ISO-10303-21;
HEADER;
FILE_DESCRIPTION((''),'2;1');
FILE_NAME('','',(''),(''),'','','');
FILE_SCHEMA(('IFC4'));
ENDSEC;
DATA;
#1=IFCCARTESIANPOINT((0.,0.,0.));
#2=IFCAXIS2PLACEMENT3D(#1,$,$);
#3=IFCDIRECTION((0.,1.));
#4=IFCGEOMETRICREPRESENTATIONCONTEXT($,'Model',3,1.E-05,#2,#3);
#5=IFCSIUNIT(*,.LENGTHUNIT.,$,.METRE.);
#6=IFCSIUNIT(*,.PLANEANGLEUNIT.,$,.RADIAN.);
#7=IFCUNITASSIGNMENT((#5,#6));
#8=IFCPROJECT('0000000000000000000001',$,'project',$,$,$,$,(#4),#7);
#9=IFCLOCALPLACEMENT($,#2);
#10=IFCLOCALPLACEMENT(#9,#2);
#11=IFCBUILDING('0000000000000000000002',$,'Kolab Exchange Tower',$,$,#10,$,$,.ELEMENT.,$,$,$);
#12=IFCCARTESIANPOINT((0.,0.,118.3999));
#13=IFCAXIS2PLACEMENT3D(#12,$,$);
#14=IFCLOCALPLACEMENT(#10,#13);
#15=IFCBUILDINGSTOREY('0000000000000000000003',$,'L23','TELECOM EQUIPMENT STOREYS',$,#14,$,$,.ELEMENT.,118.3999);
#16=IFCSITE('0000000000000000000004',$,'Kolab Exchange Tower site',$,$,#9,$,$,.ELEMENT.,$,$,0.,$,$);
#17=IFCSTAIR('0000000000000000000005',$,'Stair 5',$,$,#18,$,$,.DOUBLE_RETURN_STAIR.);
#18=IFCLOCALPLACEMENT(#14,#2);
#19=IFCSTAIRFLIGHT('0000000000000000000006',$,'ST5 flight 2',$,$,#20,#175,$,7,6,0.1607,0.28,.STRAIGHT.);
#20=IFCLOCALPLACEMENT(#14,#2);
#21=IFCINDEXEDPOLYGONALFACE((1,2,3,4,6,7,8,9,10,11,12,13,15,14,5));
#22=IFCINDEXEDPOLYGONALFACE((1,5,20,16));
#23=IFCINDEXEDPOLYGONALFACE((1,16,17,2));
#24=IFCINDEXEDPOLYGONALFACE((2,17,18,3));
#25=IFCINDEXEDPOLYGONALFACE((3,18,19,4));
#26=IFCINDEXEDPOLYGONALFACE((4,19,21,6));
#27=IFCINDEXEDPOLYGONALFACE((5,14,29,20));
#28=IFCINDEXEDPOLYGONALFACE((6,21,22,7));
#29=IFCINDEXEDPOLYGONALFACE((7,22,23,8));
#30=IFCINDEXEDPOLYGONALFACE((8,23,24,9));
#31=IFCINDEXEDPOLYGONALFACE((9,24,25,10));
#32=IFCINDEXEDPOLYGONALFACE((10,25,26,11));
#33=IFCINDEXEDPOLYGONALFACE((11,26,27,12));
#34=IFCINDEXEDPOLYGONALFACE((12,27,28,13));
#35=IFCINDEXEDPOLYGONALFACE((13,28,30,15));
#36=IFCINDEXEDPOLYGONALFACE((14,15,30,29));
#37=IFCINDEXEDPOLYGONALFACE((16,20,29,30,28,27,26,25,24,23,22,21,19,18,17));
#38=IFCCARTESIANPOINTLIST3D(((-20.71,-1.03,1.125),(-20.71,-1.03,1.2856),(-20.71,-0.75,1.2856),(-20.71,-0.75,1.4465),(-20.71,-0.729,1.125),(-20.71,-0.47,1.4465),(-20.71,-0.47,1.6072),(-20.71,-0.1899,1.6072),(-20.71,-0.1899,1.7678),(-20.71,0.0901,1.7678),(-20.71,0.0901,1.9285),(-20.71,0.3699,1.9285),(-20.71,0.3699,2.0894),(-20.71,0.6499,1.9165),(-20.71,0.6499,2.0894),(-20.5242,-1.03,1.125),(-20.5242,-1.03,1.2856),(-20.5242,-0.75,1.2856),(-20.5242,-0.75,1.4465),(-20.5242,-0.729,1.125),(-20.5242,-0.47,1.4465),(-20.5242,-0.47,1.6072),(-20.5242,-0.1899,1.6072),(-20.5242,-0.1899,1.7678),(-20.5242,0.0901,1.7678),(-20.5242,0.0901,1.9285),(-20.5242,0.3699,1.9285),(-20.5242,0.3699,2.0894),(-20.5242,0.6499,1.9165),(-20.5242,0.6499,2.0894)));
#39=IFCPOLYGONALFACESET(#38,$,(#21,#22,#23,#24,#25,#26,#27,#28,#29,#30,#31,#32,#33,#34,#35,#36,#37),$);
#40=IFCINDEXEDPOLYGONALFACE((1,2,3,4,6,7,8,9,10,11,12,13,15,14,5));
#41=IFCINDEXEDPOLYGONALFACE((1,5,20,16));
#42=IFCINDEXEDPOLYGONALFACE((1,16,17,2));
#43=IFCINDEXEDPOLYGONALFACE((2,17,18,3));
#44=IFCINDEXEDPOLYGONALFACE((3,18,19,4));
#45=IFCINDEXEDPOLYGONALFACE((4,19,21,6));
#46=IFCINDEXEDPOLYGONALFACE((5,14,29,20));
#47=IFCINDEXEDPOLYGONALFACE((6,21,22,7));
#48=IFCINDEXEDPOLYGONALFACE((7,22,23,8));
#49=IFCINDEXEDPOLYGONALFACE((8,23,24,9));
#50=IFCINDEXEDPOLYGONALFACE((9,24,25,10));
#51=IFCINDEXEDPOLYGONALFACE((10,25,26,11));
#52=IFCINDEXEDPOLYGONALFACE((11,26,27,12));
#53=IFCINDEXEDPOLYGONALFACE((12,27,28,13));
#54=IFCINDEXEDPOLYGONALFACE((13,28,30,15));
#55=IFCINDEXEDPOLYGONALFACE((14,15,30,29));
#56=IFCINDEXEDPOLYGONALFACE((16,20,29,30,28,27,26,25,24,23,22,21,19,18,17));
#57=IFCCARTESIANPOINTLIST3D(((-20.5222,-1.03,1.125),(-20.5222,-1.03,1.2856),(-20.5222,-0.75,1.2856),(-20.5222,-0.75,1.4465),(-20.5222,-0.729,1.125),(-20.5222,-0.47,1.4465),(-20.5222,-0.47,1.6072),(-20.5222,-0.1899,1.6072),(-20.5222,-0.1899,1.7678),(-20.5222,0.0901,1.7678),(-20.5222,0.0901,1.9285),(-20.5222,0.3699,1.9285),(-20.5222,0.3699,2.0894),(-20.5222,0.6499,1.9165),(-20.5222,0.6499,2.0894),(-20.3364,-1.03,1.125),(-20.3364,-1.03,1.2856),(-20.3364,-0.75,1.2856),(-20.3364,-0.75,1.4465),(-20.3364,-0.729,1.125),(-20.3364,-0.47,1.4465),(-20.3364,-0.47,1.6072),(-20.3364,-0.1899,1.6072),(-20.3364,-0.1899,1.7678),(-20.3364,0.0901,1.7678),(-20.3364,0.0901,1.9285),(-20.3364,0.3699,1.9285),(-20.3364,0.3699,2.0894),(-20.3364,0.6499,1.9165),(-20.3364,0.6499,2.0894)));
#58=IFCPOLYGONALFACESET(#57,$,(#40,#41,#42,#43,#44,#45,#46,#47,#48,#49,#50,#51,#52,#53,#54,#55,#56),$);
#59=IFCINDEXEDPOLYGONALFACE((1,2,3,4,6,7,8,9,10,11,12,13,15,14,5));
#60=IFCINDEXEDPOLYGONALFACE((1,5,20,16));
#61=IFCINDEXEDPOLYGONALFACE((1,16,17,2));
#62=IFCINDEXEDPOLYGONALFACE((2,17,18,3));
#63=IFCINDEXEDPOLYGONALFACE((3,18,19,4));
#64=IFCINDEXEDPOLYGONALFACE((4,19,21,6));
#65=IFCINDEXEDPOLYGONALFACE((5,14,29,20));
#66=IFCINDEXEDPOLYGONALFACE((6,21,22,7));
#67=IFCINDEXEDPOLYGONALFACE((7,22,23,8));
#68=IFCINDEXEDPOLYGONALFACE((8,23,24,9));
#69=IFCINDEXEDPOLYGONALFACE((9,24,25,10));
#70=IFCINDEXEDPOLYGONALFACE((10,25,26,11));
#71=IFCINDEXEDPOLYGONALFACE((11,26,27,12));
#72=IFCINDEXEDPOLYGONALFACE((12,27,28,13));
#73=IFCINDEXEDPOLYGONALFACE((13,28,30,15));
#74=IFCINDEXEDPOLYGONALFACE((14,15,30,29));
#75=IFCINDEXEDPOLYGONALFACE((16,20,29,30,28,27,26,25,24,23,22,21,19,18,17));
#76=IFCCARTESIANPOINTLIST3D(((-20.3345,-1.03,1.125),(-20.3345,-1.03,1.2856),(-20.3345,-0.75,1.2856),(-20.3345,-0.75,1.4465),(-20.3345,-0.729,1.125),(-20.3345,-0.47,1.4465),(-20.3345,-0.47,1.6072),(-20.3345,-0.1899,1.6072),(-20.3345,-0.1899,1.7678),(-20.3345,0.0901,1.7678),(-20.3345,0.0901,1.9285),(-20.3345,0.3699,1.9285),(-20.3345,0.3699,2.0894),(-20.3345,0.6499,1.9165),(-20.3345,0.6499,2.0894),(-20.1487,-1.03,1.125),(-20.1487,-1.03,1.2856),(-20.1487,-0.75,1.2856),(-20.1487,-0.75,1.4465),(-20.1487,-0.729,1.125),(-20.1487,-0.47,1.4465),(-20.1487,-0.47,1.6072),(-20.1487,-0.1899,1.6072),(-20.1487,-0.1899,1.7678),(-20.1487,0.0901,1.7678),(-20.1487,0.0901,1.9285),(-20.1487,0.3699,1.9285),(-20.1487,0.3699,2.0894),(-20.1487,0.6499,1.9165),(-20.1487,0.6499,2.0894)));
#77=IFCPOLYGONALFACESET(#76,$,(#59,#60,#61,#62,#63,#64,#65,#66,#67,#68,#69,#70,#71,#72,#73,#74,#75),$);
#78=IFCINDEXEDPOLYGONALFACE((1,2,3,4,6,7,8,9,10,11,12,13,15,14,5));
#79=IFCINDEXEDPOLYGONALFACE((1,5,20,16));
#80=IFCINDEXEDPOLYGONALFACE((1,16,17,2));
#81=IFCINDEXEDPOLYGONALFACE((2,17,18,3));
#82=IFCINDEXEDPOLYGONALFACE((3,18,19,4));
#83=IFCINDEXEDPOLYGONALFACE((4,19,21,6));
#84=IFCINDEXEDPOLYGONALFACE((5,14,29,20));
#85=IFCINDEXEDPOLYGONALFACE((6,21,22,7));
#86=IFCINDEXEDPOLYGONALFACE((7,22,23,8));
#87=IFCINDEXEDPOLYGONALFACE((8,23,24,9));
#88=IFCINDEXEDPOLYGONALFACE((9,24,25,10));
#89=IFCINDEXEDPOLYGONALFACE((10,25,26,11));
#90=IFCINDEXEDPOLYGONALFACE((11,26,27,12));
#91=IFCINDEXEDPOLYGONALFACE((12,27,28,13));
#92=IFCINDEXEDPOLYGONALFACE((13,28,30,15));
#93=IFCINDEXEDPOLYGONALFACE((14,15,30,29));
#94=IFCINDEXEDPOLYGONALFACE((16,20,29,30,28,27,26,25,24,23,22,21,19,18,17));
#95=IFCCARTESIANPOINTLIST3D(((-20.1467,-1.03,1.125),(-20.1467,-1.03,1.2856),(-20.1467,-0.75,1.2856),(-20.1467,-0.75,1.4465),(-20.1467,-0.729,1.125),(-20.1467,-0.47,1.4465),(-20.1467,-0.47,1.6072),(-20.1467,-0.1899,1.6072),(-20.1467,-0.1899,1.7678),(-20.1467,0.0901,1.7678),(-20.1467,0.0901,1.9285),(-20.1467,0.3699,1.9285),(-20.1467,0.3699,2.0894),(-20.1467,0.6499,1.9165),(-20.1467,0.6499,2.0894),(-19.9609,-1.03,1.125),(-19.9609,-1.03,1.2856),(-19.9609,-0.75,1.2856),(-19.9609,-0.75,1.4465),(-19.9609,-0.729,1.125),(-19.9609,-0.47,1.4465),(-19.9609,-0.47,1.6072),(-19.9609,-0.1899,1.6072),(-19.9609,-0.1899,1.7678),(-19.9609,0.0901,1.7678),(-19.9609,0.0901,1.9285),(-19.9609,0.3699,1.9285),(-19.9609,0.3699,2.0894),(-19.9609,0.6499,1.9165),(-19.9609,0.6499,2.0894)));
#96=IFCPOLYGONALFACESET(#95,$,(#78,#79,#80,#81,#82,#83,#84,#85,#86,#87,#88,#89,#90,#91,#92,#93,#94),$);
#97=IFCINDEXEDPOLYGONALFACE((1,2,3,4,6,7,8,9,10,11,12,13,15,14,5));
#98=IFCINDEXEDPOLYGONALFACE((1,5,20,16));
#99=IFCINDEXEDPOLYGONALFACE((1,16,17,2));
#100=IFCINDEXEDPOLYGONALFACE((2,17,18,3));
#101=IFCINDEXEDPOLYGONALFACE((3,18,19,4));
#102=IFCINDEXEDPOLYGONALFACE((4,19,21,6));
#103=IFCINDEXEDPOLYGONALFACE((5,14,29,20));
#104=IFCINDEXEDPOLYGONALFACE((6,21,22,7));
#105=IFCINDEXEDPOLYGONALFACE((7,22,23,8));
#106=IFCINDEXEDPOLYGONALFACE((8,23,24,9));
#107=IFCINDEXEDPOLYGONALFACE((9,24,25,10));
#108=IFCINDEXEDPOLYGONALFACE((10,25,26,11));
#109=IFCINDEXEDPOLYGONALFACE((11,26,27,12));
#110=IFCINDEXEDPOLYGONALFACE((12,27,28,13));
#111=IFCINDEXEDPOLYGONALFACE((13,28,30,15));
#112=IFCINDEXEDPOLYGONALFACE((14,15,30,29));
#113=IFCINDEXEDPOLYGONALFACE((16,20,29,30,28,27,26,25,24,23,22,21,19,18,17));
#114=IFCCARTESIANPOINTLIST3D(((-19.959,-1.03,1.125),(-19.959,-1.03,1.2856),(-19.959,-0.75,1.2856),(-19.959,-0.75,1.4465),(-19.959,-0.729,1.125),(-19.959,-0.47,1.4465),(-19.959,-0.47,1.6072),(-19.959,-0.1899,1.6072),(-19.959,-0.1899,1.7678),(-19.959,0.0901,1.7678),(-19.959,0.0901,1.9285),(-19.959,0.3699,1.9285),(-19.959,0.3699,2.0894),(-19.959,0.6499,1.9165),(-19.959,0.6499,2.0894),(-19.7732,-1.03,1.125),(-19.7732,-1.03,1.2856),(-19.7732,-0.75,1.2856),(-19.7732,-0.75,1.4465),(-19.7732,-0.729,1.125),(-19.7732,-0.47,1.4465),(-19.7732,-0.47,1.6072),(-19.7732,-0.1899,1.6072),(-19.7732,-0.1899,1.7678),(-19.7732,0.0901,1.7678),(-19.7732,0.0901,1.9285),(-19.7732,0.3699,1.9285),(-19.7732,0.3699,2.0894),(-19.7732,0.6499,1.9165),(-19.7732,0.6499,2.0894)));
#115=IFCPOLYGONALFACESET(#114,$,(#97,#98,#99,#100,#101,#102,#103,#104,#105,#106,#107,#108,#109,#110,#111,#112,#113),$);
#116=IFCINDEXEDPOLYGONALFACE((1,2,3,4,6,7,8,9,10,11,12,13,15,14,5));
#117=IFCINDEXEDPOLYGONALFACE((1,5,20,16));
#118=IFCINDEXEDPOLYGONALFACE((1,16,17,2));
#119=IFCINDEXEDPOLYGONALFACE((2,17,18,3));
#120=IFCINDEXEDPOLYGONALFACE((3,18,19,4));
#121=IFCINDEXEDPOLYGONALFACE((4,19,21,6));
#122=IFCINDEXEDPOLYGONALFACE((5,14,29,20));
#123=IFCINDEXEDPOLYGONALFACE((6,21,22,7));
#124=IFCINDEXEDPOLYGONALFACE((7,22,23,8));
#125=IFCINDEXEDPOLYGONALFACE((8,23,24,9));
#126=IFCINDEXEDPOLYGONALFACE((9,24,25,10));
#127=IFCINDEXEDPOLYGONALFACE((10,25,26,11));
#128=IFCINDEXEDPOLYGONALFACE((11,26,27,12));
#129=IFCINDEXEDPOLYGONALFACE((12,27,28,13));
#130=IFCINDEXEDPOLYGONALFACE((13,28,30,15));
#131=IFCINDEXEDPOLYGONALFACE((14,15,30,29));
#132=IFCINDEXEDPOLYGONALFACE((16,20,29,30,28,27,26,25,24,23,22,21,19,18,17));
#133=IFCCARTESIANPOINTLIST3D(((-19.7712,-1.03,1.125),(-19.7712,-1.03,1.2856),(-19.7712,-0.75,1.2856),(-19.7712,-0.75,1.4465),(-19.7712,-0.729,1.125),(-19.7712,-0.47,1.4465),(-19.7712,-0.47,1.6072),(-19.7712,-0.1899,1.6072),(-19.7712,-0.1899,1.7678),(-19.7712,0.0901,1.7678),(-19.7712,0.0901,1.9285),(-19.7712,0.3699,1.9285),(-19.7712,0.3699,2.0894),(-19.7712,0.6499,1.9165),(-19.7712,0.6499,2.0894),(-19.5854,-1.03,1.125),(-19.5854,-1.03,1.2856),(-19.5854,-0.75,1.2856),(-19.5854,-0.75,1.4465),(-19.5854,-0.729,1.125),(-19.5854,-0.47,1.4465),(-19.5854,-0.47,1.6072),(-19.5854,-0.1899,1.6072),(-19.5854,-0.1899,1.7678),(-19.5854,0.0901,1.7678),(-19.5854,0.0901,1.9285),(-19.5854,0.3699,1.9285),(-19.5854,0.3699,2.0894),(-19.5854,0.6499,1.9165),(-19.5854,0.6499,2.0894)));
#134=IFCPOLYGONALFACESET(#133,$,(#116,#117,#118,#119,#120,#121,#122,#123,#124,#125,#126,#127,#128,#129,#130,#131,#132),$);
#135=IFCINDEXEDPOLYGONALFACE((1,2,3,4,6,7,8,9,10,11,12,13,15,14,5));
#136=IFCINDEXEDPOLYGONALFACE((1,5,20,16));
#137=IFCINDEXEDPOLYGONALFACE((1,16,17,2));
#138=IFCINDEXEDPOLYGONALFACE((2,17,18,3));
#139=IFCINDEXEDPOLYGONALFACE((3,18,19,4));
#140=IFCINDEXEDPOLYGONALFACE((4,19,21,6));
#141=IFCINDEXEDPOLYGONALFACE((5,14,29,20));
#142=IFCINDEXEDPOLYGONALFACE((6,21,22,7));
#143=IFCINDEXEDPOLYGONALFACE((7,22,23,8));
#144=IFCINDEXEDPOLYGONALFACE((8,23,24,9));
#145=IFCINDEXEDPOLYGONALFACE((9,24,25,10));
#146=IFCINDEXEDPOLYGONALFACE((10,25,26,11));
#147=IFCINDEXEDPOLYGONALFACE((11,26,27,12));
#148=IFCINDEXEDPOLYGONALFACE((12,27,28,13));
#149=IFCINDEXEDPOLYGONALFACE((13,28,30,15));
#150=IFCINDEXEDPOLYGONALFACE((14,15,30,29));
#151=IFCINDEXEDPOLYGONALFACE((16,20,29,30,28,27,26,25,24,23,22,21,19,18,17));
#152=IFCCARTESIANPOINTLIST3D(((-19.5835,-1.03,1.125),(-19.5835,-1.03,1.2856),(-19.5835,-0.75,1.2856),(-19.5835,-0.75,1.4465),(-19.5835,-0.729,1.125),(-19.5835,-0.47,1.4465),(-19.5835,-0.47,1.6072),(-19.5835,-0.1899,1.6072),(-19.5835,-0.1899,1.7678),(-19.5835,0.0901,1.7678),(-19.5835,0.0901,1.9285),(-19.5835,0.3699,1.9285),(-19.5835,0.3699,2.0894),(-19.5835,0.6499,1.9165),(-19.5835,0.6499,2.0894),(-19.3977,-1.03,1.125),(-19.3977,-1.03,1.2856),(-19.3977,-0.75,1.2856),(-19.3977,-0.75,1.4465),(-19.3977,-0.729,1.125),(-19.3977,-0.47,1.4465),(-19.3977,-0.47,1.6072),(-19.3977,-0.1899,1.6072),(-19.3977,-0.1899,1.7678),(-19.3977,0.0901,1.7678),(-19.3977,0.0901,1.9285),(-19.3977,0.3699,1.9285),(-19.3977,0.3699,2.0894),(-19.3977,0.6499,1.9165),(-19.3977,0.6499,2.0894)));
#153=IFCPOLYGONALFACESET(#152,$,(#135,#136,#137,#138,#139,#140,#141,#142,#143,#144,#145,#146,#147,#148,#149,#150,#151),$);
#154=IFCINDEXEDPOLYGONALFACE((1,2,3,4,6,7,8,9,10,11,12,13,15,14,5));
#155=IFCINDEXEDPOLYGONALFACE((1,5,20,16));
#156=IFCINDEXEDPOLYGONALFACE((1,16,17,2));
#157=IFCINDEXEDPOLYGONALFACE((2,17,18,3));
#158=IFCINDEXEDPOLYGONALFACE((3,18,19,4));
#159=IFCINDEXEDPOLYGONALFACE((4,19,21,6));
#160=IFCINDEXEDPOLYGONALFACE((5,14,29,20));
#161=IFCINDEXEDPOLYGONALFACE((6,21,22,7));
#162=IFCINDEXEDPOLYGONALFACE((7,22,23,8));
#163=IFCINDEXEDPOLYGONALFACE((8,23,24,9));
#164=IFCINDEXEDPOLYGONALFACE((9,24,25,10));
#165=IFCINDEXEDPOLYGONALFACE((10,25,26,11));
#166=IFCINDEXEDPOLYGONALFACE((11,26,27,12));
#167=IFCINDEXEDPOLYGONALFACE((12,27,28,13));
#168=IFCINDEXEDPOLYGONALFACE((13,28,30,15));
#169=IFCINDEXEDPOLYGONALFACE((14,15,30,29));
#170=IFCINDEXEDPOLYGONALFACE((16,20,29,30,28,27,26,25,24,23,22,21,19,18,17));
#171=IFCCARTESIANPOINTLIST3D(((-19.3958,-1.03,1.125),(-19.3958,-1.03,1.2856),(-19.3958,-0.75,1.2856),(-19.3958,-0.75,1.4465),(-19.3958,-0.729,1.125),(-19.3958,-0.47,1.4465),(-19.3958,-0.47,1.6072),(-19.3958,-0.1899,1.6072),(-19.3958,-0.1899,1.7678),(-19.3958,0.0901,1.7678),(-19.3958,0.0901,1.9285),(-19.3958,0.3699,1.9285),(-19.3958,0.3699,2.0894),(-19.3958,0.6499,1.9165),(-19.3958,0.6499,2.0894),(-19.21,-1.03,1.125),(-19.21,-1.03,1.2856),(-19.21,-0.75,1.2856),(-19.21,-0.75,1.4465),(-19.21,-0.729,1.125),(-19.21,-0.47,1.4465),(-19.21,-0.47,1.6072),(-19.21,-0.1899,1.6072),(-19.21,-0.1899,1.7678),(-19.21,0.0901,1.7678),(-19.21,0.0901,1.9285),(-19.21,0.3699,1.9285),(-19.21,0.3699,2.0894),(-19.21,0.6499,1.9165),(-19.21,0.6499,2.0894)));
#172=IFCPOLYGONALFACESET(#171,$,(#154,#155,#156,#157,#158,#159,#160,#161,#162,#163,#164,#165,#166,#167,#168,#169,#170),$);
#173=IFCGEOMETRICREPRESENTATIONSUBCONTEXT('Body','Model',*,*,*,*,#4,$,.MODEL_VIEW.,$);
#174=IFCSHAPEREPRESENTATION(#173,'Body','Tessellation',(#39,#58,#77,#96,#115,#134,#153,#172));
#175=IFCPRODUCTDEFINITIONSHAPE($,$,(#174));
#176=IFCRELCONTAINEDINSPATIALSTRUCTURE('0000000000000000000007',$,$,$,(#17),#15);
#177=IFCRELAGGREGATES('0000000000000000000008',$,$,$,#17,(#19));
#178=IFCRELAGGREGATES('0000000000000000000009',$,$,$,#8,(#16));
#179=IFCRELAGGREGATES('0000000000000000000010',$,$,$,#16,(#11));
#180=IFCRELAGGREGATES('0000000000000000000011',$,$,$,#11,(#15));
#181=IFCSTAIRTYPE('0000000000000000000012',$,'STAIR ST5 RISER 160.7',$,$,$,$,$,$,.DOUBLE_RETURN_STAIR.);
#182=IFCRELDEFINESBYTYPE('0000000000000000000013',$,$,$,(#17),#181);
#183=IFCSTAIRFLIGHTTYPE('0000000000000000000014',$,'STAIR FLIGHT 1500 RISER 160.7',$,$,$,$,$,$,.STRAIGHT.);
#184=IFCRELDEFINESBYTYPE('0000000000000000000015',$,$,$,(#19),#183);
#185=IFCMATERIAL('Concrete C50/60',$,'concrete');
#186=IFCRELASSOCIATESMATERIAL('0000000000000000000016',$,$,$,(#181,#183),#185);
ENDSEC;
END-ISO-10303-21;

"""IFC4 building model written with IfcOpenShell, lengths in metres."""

from ifc_helpers import new_model, si_unit, direction, frame, origin, place, context, subcontext, project, spatial, polyline, outline, extrude, material, type_object, element, aggregate, save


model = new_model("IFC4")

# Units and contexts
model_context = context("Model", 3, precision=1e-05, world=origin(), true_north=direction((0.0, 1.0)))
body_context = subcontext(model_context, "Body", "Model", "MODEL_VIEW")
ifc_project = project(units=[si_unit("LENGTHUNIT", "METRE"), si_unit("PLANEANGLEUNIT", "RADIAN")], contexts=[model_context])

# Site, building, storey
site_placement = place(None, origin())
site = spatial("IfcSite", under=ifc_project, at=site_placement, Name="Kolab Exchange Tower site", CompositionType="ELEMENT", RefElevation=0.0)
building_placement = place(site_placement, origin())
building = spatial("IfcBuilding", under=site, at=building_placement, Name="Kolab Exchange Tower", CompositionType="ELEMENT")
storey_placement = place(building_placement, frame((0.0, 0.0, 118.3999)))
storey = spatial("IfcBuildingStorey", under=building, at=storey_placement, Name="L23", Description="TELECOM EQUIPMENT STOREYS", CompositionType="ELEMENT", Elevation=118.3999)

# Shared definitions
ifc_material_1 = material(Name="Concrete C50/60", Category="concrete")

# Stair, stair flight
stair_type = type_object("IfcStairType", Name="STAIR ST5 RISER 160.7", PredefinedType="DOUBLE_RETURN_STAIR", material=ifc_material_1)
stair_placement = place(storey_placement, origin())
stair = element("IfcStair", 1, at=stair_placement, inside=storey, type_object=stair_type, Name="Stair 5", PredefinedType="DOUBLE_RETURN_STAIR")
stair_flight_type = type_object("IfcStairFlightType", Name="STAIR FLIGHT 1500 RISER 160.7", PredefinedType="STRAIGHT", material=ifc_material_1)
stair_flight_1_placement = place(storey_placement, frame((-19.96, -1.03, 1.125), z_axis=(0.0, 0.0, 1.0), x_axis=(0.0, 1.0, 0.0)))
stair_flight_1 = element("IfcStairFlight", 2, at=stair_flight_1_placement, type_object=stair_flight_type, Name="ST5 flight 2", NumberOfRisers=7, NumberOfTreads=6, PredefinedType="STRAIGHT", RiserHeight=0.1607, TreadLength=0.28, context=body_context, shape_type="SweptSolid", body=[
    extrude(outline(polyline([(0.0, 0.0), (0.0, 0.1606), (0.28, 0.1606), (0.28, 0.3215), (0.5601, 0.3215), (0.5601, 0.4822), (0.8401, 0.4822), (0.8401, 0.6428), (1.1201, 0.6428), (1.1201, 0.8035), (1.3999, 0.8035), (1.3999, 0.9644), (1.6799, 0.9644), (1.6799, 1.125), (1.6799, 0.7915), (0.301, 0.0), (0.0, 0.0)])), frame((0.0, 0.75, 0.0), z_axis=(0.0, -1.0, 0.0), x_axis=(1.0, 0.0, 0.0)), (0.0, 0.0, 1.0), 0.1858),
    extrude(outline(polyline([(0.0, 0.0), (0.0, 0.1606), (0.28, 0.1606), (0.28, 0.3215), (0.5601, 0.3215), (0.5601, 0.4822), (0.8401, 0.4822), (0.8401, 0.6428), (1.1201, 0.6428), (1.1201, 0.8035), (1.3999, 0.8035), (1.3999, 0.9644), (1.6799, 0.9644), (1.6799, 1.125), (1.6799, 0.7915), (0.301, 0.0), (0.0, 0.0)])), frame((0.0, 0.5623, 0.0), z_axis=(0.0, -1.0, 0.0), x_axis=(1.0, 0.0, 0.0)), (0.0, 0.0, 1.0), 0.1858),
    extrude(outline(polyline([(0.0, 0.0), (0.0, 0.1606), (0.28, 0.1606), (0.28, 0.3215), (0.5601, 0.3215), (0.5601, 0.4822), (0.8401, 0.4822), (0.8401, 0.6428), (1.1201, 0.6428), (1.1201, 0.8035), (1.3999, 0.8035), (1.3999, 0.9644), (1.6799, 0.9644), (1.6799, 1.125), (1.6799, 0.7915), (0.301, 0.0), (0.0, 0.0)])), frame((0.0, 0.3745, 0.0), z_axis=(0.0, -1.0, 0.0), x_axis=(1.0, 0.0, 0.0)), (0.0, 0.0, 1.0), 0.1858),
    extrude(outline(polyline([(0.0, 0.0), (0.0, 0.1606), (0.28, 0.1606), (0.28, 0.3215), (0.5601, 0.3215), (0.5601, 0.4822), (0.8401, 0.4822), (0.8401, 0.6428), (1.1201, 0.6428), (1.1201, 0.8035), (1.3999, 0.8035), (1.3999, 0.9644), (1.6799, 0.9644), (1.6799, 1.125), (1.6799, 0.7915), (0.301, 0.0), (0.0, 0.0)])), frame((0.0, 0.1868, 0.0), z_axis=(0.0, -1.0, 0.0), x_axis=(1.0, 0.0, 0.0)), (0.0, 0.0, 1.0), 0.1858),
    extrude(outline(polyline([(0.0, 0.0), (0.0, 0.1606), (0.28, 0.1606), (0.28, 0.3215), (0.5601, 0.3215), (0.5601, 0.4822), (0.8401, 0.4822), (0.8401, 0.6428), (1.1201, 0.6428), (1.1201, 0.8035), (1.3999, 0.8035), (1.3999, 0.9644), (1.6799, 0.9644), (1.6799, 1.125), (1.6799, 0.7915), (0.301, 0.0), (0.0, 0.0)])), frame((0.0, -0.001, 0.0), z_axis=(0.0, -1.0, 0.0), x_axis=(1.0, 0.0, 0.0)), (0.0, 0.0, 1.0), 0.1858),
    extrude(outline(polyline([(0.0, 0.0), (0.0, 0.1606), (0.28, 0.1606), (0.28, 0.3215), (0.5601, 0.3215), (0.5601, 0.4822), (0.8401, 0.4822), (0.8401, 0.6428), (1.1201, 0.6428), (1.1201, 0.8035), (1.3999, 0.8035), (1.3999, 0.9644), (1.6799, 0.9644), (1.6799, 1.125), (1.6799, 0.7915), (0.301, 0.0), (0.0, 0.0)])), frame((0.0, -0.1887, 0.0), z_axis=(0.0, -1.0, 0.0), x_axis=(1.0, 0.0, 0.0)), (0.0, 0.0, 1.0), 0.1858),
    extrude(outline(polyline([(0.0, 0.0), (0.0, 0.1606), (0.28, 0.1606), (0.28, 0.3215), (0.5601, 0.3215), (0.5601, 0.4822), (0.8401, 0.4822), (0.8401, 0.6428), (1.1201, 0.6428), (1.1201, 0.8035), (1.3999, 0.8035), (1.3999, 0.9644), (1.6799, 0.9644), (1.6799, 1.125), (1.6799, 0.7915), (0.301, 0.0), (0.0, 0.0)])), frame((0.0, -0.3765, 0.0), z_axis=(0.0, -1.0, 0.0), x_axis=(1.0, 0.0, 0.0)), (0.0, 0.0, 1.0), 0.1858),
    extrude(outline(polyline([(0.0, 0.0), (0.0, 0.1606), (0.28, 0.1606), (0.28, 0.3215), (0.5601, 0.3215), (0.5601, 0.4822), (0.8401, 0.4822), (0.8401, 0.6428), (1.1201, 0.6428), (1.1201, 0.8035), (1.3999, 0.8035), (1.3999, 0.9644), (1.6799, 0.9644), (1.6799, 1.125), (1.6799, 0.7915), (0.301, 0.0), (0.0, 0.0)])), frame((0.0, -0.5642, 0.0), z_axis=(0.0, -1.0, 0.0), x_axis=(1.0, 0.0, 0.0)), (0.0, 0.0, 1.0), 0.1858),
])
aggregate(stair, [stair_flight_1])

save(model, "model.ifc")
